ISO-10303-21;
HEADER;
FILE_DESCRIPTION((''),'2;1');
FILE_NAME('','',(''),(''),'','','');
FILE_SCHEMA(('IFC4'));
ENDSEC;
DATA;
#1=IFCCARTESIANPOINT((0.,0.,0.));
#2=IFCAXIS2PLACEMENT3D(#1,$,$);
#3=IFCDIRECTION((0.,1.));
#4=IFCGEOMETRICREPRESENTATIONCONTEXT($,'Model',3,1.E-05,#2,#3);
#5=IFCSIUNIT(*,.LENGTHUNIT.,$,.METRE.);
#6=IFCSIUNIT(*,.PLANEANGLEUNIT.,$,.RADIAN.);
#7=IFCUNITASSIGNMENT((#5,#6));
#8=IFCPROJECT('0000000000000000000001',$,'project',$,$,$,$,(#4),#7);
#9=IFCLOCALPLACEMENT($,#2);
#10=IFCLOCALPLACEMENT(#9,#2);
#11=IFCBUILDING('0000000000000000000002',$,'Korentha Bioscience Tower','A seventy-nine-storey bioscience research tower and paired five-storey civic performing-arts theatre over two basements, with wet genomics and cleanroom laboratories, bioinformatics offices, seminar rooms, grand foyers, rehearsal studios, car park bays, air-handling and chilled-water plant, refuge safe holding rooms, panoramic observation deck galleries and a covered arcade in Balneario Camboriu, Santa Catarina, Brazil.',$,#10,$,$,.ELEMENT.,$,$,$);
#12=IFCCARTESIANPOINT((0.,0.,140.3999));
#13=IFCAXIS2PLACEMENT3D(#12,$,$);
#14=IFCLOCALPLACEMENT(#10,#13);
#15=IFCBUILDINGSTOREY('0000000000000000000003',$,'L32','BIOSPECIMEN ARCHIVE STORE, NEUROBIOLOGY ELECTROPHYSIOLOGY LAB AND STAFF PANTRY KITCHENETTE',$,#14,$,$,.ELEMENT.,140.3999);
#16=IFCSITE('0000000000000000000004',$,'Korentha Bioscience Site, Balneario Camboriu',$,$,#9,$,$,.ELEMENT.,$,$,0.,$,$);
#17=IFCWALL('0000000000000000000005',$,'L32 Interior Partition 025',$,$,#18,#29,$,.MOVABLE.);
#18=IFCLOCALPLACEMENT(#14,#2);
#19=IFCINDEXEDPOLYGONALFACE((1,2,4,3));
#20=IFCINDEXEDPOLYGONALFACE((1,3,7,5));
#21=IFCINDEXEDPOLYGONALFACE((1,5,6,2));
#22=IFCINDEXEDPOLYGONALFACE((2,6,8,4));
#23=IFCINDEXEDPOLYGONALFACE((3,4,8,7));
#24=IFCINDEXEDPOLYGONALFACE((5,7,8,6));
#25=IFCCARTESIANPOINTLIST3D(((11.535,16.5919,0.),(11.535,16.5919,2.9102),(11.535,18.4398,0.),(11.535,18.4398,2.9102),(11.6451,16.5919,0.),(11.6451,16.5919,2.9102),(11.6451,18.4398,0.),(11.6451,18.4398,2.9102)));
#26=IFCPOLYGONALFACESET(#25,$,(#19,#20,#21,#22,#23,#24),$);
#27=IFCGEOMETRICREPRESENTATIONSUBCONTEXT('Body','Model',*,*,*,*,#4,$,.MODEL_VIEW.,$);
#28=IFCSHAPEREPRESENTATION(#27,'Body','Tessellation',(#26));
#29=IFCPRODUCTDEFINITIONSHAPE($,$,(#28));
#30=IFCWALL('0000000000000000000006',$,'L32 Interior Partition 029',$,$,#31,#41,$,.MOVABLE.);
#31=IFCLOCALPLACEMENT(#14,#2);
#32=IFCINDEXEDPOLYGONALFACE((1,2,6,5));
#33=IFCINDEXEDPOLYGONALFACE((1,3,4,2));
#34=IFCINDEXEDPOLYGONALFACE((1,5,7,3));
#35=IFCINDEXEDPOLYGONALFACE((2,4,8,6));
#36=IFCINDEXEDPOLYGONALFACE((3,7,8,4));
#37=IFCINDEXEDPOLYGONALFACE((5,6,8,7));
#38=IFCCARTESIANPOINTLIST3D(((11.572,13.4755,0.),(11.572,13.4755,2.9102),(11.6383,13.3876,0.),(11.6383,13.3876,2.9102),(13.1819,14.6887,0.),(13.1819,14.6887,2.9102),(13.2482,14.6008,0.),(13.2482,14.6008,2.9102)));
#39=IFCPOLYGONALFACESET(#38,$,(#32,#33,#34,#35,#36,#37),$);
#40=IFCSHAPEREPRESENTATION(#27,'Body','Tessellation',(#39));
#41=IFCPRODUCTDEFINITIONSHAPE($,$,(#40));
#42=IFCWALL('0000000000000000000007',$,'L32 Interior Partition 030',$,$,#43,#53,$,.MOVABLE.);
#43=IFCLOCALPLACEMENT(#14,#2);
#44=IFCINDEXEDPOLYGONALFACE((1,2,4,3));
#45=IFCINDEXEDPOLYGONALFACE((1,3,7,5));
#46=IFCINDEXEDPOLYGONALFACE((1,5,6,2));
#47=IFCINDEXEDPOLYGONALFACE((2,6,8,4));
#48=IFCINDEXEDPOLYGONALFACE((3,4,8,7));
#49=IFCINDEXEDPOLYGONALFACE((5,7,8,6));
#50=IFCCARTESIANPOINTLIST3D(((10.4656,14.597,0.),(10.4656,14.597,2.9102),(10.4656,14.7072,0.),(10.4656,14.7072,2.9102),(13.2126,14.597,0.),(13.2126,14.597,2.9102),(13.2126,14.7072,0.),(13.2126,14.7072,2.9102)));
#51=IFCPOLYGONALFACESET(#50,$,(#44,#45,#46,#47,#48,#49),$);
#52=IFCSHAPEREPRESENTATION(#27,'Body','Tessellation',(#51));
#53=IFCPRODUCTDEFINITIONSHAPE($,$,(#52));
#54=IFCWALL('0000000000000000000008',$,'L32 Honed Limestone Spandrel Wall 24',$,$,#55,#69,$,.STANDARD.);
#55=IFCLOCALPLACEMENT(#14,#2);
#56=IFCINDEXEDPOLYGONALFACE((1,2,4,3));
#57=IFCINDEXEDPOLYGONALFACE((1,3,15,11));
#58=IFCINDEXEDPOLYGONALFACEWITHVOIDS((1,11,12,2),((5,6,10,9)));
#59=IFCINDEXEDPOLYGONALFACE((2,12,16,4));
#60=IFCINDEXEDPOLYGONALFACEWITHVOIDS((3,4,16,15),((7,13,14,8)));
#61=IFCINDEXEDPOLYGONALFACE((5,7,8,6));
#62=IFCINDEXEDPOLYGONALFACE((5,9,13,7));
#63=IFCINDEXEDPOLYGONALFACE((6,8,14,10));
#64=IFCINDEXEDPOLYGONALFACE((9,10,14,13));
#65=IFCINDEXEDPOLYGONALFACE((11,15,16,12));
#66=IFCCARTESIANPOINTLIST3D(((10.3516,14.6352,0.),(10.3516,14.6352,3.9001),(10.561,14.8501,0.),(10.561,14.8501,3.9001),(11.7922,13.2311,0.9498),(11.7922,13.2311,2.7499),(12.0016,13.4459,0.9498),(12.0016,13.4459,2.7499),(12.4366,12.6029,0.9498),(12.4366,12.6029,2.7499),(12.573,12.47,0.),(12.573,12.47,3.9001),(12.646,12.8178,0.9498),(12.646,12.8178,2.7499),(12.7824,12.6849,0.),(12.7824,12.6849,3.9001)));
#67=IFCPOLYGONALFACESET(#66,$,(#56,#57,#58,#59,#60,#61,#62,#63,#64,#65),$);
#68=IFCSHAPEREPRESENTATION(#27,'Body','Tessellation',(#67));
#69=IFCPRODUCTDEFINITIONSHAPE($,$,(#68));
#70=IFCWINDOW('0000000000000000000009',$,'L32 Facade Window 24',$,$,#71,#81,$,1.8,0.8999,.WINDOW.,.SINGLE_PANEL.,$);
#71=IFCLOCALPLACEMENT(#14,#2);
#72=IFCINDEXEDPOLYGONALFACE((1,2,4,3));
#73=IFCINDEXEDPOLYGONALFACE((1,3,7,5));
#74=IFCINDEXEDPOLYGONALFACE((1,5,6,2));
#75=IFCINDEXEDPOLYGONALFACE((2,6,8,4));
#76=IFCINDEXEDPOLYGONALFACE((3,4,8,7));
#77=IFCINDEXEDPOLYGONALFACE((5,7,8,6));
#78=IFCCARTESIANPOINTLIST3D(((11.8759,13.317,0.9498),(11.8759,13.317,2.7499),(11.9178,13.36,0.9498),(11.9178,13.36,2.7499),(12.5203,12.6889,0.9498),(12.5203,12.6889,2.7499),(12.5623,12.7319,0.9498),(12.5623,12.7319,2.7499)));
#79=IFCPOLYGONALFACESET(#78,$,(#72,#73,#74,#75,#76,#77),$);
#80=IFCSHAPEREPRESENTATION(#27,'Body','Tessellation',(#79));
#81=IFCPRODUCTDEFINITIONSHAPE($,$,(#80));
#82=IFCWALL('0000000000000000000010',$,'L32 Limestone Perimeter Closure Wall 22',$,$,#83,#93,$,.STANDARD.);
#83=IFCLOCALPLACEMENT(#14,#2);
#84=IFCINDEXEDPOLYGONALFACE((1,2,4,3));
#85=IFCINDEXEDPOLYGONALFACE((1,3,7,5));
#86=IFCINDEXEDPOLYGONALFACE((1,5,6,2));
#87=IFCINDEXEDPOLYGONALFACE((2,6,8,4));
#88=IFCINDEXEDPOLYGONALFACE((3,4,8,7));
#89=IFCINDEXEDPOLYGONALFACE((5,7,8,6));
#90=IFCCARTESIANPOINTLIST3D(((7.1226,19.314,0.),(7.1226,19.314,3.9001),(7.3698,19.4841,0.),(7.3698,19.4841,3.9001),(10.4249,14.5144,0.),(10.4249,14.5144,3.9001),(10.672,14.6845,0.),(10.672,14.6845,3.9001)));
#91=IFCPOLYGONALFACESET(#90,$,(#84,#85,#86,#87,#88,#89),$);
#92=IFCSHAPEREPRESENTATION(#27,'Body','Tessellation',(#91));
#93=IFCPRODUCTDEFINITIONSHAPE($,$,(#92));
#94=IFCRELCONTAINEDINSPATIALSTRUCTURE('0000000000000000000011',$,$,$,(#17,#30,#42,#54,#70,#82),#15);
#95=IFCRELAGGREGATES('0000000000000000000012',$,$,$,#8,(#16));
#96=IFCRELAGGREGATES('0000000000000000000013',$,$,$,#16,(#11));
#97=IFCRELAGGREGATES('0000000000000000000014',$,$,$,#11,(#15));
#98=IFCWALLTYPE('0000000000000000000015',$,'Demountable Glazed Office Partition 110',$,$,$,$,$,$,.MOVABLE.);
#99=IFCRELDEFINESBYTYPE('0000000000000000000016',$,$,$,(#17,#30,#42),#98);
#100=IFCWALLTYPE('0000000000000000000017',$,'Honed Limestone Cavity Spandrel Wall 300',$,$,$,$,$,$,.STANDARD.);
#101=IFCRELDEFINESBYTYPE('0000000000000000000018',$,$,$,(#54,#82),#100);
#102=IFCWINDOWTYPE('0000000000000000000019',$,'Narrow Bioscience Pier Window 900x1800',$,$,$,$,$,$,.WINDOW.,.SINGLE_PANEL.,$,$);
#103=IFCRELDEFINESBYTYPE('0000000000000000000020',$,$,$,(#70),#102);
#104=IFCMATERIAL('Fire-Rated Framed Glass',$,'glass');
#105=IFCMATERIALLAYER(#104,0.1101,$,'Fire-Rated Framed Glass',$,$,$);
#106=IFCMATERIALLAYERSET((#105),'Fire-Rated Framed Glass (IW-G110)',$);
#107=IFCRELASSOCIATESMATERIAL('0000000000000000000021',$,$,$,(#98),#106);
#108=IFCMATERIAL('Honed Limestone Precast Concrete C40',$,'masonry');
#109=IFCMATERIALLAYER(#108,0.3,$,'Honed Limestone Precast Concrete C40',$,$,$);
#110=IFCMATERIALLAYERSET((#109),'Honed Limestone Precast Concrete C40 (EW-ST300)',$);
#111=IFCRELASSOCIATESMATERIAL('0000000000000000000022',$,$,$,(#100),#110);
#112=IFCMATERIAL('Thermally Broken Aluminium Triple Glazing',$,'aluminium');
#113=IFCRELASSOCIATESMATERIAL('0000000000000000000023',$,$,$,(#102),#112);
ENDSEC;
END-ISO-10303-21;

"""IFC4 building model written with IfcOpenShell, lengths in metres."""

from ifc_helpers import new_model, si_unit, direction, frame, frame_2d, origin, place, context, subcontext, project, spatial, rectangle, extrude, material, layer, layer_set, type_object, element, fill, save


model = new_model("IFC4")

# Units and contexts
model_context = context("Model", 3, precision=1e-05, world=origin(), true_north=direction((0.0, 1.0)))
body_context = subcontext(model_context, "Body", "Model", "MODEL_VIEW")
ifc_project = project(units=[si_unit("LENGTHUNIT", "METRE"), si_unit("PLANEANGLEUNIT", "RADIAN")], contexts=[model_context])

# Site, building, storey
site_placement = place(None, origin())
site = spatial("IfcSite", under=ifc_project, at=site_placement, Name="Korentha Bioscience Site, Balneario Camboriu", CompositionType="ELEMENT", RefElevation=0.0)
building_placement = place(site_placement, origin())
building = spatial("IfcBuilding", under=site, at=building_placement, Name="Korentha Bioscience Tower", Description="A seventy-nine-storey bioscience research tower and paired five-storey civic performing-arts theatre over two basements, with wet genomics and cleanroom laboratories, bioinformatics offices, seminar rooms, grand foyers, rehearsal studios, car park bays, air-handling and chilled-water plant, refuge safe holding rooms, panoramic observation deck galleries and a covered arcade in Balneario Camboriu, Santa Catarina, Brazil.", CompositionType="ELEMENT")
storey_placement = place(building_placement, frame((0.0, 0.0, 140.3999)))
storey = spatial("IfcBuildingStorey", under=building, at=storey_placement, Name="L32", Description="BIOSPECIMEN ARCHIVE STORE, NEUROBIOLOGY ELECTROPHYSIOLOGY LAB AND STAFF PANTRY KITCHENETTE", CompositionType="ELEMENT", Elevation=140.3999)

# Shared definitions
ifc_material_1 = material(Name="Fire-Rated Framed Glass", Category="glass")
ifc_layer_1 = layer(ifc_material_1, 0.1101, Name="Fire-Rated Framed Glass")
ifc_layer_set_1 = layer_set([ifc_layer_1], Name="Fire-Rated Framed Glass (IW-G110)")
wall_type_1 = type_object("IfcWallType", Name="Demountable Glazed Office Partition 110", PredefinedType="MOVABLE", material=ifc_layer_set_1)

# Walls
wall_1_placement = place(storey_placement, frame((11.5901, 16.592, 0.0), z_axis=(0.0, 0.0, 1.0), x_axis=(0.0, 1.0, 0.0)))
element("IfcWall", 1, at=wall_1_placement, inside=storey, type_object=wall_type_1, Name="L32 Interior Partition 025", PredefinedType="MOVABLE", context=body_context, shape_type="SweptSolid", body=[
    extrude(rectangle(XDim=1.8479, YDim=0.1101, at=frame_2d((0.9238, 0.0))), origin(), (0.0, 0.0, 1.0), 2.9102),
])
wall_2_placement = place(storey_placement, frame((11.6052, 13.4316, 0.0), z_axis=(0.0, 0.0, 1.0), x_axis=(0.798632, 0.60182, 0.0)))
element("IfcWall", 2, at=wall_2_placement, inside=storey, type_object=wall_type_1, Name="L32 Interior Partition 029", PredefinedType="MOVABLE", context=body_context, shape_type="SweptSolid", body=[
    extrude(rectangle(XDim=2.0159, YDim=0.1101, at=frame_2d((1.0078, 0.0))), origin(), (0.0, 0.0, 1.0), 2.9102),
])
wall_3_placement = place(storey_placement, frame((13.2126, 14.6521, 0.0), z_axis=(0.0, 0.0, 1.0), x_axis=(-1.0, 0.0, 0.0)))
element("IfcWall", 3, at=wall_3_placement, inside=storey, type_object=wall_type_1, Name="L32 Interior Partition 030", PredefinedType="MOVABLE", context=body_context, shape_type="SweptSolid", body=[
    extrude(rectangle(XDim=2.7471, YDim=0.1101, at=frame_2d((1.3735, 0.0))), origin(), (0.0, 0.0, 1.0), 2.9102),
])

# Wall, opening, window
ifc_material_2 = material(Name="Honed Limestone Precast Concrete C40", Category="masonry")
ifc_layer_2 = layer(ifc_material_2, 0.3, Name="Honed Limestone Precast Concrete C40")
ifc_layer_set_2 = layer_set([ifc_layer_2], Name="Honed Limestone Precast Concrete C40 (EW-ST300)")
wall_type_2 = type_object("IfcWallType", Name="Honed Limestone Cavity Spandrel Wall 300", PredefinedType="STANDARD", material=ifc_layer_set_2)
wall_4_placement = place(storey_placement, frame((10.4563, 14.7427, 0.0), z_axis=(0.0, 0.0, 1.0), x_axis=(0.716099, -0.697998, 0.0)))
wall_4 = element("IfcWall", 4, at=wall_4_placement, inside=storey, type_object=wall_type_2, Name="L32 Honed Limestone Spandrel Wall 24", PredefinedType="STANDARD", context=body_context, shape_type="SweptSolid", body=[
    extrude(rectangle(XDim=3.1021, YDim=0.3, at=frame_2d((1.551, 0.0))), origin(), (0.0, 0.0, 1.0), 3.9001),
])
opening_1_placement = place(wall_4_placement, frame((2.0117, 0.0, 0.95)))
opening_1 = element("IfcOpeningElement", 5, at=opening_1_placement, cuts=wall_4, PredefinedType="OPENING", context=body_context, shape_type="SweptSolid", body=[
    extrude(rectangle(XDim=0.8999, YDim=1.8, at=frame_2d((0.45, 0.8999))), frame((0.0, 0.165, 0.0), z_axis=(0.0, -1.0, 0.0), x_axis=(1.0, 0.0, 0.0)), (0.0, 0.0, 1.0), 0.3298),
])
ifc_material_3 = material(Name="Thermally Broken Aluminium Triple Glazing", Category="aluminium")
window_type = type_object("IfcWindowType", Name="Narrow Bioscience Pier Window 900x1800", PartitioningType="SINGLE_PANEL", PredefinedType="WINDOW", material=ifc_material_3)
window_placement = place(opening_1_placement, origin())
window = element("IfcWindow", 6, at=window_placement, inside=storey, type_object=window_type, Name="L32 Facade Window 24", OverallHeight=1.8, OverallWidth=0.8999, PartitioningType="SINGLE_PANEL", PredefinedType="WINDOW", context=body_context, shape_type="SweptSolid", body=[
    extrude(rectangle(XDim=0.8999, YDim=1.8, at=frame_2d((0.45, 0.8999))), frame((0.0, 0.03, 0.0), z_axis=(0.0, -1.0, 0.0), x_axis=(1.0, 0.0, 0.0)), (0.0, 0.0, 1.0), 0.0601),
])
fill(opening_1, window)

# Wall
wall_5_placement = place(storey_placement, frame((7.2461, 19.3992, 0.0), z_axis=(0.0, 0.0, 1.0), x_axis=(0.566826, -0.823838, 0.0)))
element("IfcWall", 7, at=wall_5_placement, inside=storey, type_object=wall_type_2, Name="L32 Limestone Perimeter Closure Wall 22", PredefinedType="STANDARD", context=body_context, shape_type="SweptSolid", body=[
    extrude(rectangle(XDim=5.8259, YDim=0.3, at=frame_2d((2.9131, 0.0))), origin(), (0.0, 0.0, 1.0), 3.9001),
])

save(model, "model.ifc")
